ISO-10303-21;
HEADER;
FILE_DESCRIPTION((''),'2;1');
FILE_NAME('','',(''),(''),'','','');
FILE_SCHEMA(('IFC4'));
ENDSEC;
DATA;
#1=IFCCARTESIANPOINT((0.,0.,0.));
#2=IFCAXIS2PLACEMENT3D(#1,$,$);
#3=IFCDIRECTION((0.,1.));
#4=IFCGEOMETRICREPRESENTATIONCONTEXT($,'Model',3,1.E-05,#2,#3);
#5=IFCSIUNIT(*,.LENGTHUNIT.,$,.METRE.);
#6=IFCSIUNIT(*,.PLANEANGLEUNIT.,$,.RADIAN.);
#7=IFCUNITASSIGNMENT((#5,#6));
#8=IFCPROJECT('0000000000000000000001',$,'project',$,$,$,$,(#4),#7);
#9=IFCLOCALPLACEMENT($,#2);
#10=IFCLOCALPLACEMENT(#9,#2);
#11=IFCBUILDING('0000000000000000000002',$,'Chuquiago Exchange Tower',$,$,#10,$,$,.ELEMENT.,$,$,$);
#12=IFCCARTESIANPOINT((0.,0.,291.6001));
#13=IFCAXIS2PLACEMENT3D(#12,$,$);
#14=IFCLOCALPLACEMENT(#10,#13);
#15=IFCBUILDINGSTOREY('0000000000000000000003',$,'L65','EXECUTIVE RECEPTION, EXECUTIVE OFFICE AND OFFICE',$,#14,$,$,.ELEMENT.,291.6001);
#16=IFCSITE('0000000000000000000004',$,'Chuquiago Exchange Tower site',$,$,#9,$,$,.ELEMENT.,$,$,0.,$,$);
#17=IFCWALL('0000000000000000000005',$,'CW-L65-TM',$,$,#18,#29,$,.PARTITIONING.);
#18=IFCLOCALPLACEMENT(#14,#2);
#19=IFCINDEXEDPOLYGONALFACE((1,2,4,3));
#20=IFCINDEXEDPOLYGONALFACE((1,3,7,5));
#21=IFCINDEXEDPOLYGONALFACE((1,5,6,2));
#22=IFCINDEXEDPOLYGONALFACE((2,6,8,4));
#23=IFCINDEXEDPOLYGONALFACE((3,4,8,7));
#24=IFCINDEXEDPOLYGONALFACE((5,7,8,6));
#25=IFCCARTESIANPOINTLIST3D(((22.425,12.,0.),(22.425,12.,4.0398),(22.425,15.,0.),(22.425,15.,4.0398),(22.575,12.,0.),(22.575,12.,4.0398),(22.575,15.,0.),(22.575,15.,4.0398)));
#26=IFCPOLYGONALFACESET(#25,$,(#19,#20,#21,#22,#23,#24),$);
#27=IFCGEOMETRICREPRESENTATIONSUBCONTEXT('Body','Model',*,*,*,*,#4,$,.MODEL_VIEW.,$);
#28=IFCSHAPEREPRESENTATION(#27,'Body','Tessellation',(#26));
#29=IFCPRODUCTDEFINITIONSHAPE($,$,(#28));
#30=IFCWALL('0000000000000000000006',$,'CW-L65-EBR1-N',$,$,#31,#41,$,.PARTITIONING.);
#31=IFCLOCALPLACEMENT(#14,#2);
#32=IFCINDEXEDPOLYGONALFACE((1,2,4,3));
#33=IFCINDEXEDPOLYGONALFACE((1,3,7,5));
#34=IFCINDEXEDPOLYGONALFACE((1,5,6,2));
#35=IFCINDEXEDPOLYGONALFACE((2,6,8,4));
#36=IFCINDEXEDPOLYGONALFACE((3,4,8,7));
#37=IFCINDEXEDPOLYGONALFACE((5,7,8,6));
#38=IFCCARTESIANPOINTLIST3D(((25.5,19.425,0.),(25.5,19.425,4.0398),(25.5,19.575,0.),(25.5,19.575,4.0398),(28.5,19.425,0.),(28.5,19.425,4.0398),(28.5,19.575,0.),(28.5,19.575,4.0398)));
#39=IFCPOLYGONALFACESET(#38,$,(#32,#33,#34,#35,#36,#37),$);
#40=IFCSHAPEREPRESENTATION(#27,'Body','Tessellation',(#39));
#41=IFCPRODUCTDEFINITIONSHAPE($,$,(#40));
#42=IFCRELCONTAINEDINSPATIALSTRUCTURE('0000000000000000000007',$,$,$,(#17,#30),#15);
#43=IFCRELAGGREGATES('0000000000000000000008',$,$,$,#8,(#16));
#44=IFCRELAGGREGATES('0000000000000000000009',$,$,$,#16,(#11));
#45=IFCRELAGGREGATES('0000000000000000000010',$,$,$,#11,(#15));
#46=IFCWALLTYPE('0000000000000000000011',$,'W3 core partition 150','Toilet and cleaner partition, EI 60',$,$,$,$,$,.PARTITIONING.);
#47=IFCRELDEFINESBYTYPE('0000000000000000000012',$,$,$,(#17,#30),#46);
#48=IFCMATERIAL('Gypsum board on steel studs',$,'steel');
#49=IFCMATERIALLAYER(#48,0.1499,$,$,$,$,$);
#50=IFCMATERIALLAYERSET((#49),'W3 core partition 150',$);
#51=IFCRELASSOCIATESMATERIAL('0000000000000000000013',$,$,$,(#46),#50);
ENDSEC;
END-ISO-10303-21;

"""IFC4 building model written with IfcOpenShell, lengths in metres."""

from ifc_helpers import new_model, si_unit, direction, frame, frame_2d, origin, place, context, subcontext, project, spatial, rectangle, extrude, material, layer, layer_set, type_object, element, save


model = new_model("IFC4")

# Units and contexts
model_context = context("Model", 3, precision=1e-05, world=origin(), true_north=direction((0.0, 1.0)))
body_context = subcontext(model_context, "Body", "Model", "MODEL_VIEW")
ifc_project = project(units=[si_unit("LENGTHUNIT", "METRE"), si_unit("PLANEANGLEUNIT", "RADIAN")], contexts=[model_context])

# Site, building, storey
site_placement = place(None, origin())
site = spatial("IfcSite", under=ifc_project, at=site_placement, Name="Chuquiago Exchange Tower site", CompositionType="ELEMENT", RefElevation=0.0)
building_placement = place(site_placement, origin())
building = spatial("IfcBuilding", under=site, at=building_placement, Name="Chuquiago Exchange Tower", CompositionType="ELEMENT")
storey_placement = place(building_placement, frame((0.0, 0.0, 291.6001)))
storey = spatial("IfcBuildingStorey", under=building, at=storey_placement, Name="L65", Description="EXECUTIVE RECEPTION, EXECUTIVE OFFICE AND OFFICE", CompositionType="ELEMENT", Elevation=291.6001)

# Shared definitions
ifc_material_1 = material(Name="Gypsum board on steel studs", Category="steel")
ifc_layer_1 = layer(ifc_material_1, 0.1499)
ifc_layer_set_1 = layer_set([ifc_layer_1], Name="W3 core partition 150")
wall_type_1 = type_object("IfcWallType", Name="W3 core partition 150", Description="Toilet and cleaner partition, EI 60", PredefinedType="PARTITIONING", material=ifc_layer_set_1)

# Walls
for number, where, z_axis, x_axis, name in (
    (1, (22.5, 15.0, 0.0), (0.0, 0.0, 1.0), (0.0, -1.0, 0.0), "CW-L65-TM"),
    (2, (25.5, 19.5, 0.0), (0.0, 0.0, 1.0), (1.0, 0.0, 0.0), "CW-L65-EBR1-N"),
):
    element("IfcWall", number, at=place(storey_placement, frame(where, z_axis=z_axis, x_axis=x_axis)), inside=storey, type_object=wall_type_1, Name=name, PredefinedType="PARTITIONING", context=body_context, shape_type="SweptSolid", body=[
        extrude(rectangle(XDim=3.0, YDim=0.1499, at=frame_2d((1.5, 0.0))), origin(), (0.0, 0.0, 1.0), 4.0398),
    ])

save(model, "model.ifc")
